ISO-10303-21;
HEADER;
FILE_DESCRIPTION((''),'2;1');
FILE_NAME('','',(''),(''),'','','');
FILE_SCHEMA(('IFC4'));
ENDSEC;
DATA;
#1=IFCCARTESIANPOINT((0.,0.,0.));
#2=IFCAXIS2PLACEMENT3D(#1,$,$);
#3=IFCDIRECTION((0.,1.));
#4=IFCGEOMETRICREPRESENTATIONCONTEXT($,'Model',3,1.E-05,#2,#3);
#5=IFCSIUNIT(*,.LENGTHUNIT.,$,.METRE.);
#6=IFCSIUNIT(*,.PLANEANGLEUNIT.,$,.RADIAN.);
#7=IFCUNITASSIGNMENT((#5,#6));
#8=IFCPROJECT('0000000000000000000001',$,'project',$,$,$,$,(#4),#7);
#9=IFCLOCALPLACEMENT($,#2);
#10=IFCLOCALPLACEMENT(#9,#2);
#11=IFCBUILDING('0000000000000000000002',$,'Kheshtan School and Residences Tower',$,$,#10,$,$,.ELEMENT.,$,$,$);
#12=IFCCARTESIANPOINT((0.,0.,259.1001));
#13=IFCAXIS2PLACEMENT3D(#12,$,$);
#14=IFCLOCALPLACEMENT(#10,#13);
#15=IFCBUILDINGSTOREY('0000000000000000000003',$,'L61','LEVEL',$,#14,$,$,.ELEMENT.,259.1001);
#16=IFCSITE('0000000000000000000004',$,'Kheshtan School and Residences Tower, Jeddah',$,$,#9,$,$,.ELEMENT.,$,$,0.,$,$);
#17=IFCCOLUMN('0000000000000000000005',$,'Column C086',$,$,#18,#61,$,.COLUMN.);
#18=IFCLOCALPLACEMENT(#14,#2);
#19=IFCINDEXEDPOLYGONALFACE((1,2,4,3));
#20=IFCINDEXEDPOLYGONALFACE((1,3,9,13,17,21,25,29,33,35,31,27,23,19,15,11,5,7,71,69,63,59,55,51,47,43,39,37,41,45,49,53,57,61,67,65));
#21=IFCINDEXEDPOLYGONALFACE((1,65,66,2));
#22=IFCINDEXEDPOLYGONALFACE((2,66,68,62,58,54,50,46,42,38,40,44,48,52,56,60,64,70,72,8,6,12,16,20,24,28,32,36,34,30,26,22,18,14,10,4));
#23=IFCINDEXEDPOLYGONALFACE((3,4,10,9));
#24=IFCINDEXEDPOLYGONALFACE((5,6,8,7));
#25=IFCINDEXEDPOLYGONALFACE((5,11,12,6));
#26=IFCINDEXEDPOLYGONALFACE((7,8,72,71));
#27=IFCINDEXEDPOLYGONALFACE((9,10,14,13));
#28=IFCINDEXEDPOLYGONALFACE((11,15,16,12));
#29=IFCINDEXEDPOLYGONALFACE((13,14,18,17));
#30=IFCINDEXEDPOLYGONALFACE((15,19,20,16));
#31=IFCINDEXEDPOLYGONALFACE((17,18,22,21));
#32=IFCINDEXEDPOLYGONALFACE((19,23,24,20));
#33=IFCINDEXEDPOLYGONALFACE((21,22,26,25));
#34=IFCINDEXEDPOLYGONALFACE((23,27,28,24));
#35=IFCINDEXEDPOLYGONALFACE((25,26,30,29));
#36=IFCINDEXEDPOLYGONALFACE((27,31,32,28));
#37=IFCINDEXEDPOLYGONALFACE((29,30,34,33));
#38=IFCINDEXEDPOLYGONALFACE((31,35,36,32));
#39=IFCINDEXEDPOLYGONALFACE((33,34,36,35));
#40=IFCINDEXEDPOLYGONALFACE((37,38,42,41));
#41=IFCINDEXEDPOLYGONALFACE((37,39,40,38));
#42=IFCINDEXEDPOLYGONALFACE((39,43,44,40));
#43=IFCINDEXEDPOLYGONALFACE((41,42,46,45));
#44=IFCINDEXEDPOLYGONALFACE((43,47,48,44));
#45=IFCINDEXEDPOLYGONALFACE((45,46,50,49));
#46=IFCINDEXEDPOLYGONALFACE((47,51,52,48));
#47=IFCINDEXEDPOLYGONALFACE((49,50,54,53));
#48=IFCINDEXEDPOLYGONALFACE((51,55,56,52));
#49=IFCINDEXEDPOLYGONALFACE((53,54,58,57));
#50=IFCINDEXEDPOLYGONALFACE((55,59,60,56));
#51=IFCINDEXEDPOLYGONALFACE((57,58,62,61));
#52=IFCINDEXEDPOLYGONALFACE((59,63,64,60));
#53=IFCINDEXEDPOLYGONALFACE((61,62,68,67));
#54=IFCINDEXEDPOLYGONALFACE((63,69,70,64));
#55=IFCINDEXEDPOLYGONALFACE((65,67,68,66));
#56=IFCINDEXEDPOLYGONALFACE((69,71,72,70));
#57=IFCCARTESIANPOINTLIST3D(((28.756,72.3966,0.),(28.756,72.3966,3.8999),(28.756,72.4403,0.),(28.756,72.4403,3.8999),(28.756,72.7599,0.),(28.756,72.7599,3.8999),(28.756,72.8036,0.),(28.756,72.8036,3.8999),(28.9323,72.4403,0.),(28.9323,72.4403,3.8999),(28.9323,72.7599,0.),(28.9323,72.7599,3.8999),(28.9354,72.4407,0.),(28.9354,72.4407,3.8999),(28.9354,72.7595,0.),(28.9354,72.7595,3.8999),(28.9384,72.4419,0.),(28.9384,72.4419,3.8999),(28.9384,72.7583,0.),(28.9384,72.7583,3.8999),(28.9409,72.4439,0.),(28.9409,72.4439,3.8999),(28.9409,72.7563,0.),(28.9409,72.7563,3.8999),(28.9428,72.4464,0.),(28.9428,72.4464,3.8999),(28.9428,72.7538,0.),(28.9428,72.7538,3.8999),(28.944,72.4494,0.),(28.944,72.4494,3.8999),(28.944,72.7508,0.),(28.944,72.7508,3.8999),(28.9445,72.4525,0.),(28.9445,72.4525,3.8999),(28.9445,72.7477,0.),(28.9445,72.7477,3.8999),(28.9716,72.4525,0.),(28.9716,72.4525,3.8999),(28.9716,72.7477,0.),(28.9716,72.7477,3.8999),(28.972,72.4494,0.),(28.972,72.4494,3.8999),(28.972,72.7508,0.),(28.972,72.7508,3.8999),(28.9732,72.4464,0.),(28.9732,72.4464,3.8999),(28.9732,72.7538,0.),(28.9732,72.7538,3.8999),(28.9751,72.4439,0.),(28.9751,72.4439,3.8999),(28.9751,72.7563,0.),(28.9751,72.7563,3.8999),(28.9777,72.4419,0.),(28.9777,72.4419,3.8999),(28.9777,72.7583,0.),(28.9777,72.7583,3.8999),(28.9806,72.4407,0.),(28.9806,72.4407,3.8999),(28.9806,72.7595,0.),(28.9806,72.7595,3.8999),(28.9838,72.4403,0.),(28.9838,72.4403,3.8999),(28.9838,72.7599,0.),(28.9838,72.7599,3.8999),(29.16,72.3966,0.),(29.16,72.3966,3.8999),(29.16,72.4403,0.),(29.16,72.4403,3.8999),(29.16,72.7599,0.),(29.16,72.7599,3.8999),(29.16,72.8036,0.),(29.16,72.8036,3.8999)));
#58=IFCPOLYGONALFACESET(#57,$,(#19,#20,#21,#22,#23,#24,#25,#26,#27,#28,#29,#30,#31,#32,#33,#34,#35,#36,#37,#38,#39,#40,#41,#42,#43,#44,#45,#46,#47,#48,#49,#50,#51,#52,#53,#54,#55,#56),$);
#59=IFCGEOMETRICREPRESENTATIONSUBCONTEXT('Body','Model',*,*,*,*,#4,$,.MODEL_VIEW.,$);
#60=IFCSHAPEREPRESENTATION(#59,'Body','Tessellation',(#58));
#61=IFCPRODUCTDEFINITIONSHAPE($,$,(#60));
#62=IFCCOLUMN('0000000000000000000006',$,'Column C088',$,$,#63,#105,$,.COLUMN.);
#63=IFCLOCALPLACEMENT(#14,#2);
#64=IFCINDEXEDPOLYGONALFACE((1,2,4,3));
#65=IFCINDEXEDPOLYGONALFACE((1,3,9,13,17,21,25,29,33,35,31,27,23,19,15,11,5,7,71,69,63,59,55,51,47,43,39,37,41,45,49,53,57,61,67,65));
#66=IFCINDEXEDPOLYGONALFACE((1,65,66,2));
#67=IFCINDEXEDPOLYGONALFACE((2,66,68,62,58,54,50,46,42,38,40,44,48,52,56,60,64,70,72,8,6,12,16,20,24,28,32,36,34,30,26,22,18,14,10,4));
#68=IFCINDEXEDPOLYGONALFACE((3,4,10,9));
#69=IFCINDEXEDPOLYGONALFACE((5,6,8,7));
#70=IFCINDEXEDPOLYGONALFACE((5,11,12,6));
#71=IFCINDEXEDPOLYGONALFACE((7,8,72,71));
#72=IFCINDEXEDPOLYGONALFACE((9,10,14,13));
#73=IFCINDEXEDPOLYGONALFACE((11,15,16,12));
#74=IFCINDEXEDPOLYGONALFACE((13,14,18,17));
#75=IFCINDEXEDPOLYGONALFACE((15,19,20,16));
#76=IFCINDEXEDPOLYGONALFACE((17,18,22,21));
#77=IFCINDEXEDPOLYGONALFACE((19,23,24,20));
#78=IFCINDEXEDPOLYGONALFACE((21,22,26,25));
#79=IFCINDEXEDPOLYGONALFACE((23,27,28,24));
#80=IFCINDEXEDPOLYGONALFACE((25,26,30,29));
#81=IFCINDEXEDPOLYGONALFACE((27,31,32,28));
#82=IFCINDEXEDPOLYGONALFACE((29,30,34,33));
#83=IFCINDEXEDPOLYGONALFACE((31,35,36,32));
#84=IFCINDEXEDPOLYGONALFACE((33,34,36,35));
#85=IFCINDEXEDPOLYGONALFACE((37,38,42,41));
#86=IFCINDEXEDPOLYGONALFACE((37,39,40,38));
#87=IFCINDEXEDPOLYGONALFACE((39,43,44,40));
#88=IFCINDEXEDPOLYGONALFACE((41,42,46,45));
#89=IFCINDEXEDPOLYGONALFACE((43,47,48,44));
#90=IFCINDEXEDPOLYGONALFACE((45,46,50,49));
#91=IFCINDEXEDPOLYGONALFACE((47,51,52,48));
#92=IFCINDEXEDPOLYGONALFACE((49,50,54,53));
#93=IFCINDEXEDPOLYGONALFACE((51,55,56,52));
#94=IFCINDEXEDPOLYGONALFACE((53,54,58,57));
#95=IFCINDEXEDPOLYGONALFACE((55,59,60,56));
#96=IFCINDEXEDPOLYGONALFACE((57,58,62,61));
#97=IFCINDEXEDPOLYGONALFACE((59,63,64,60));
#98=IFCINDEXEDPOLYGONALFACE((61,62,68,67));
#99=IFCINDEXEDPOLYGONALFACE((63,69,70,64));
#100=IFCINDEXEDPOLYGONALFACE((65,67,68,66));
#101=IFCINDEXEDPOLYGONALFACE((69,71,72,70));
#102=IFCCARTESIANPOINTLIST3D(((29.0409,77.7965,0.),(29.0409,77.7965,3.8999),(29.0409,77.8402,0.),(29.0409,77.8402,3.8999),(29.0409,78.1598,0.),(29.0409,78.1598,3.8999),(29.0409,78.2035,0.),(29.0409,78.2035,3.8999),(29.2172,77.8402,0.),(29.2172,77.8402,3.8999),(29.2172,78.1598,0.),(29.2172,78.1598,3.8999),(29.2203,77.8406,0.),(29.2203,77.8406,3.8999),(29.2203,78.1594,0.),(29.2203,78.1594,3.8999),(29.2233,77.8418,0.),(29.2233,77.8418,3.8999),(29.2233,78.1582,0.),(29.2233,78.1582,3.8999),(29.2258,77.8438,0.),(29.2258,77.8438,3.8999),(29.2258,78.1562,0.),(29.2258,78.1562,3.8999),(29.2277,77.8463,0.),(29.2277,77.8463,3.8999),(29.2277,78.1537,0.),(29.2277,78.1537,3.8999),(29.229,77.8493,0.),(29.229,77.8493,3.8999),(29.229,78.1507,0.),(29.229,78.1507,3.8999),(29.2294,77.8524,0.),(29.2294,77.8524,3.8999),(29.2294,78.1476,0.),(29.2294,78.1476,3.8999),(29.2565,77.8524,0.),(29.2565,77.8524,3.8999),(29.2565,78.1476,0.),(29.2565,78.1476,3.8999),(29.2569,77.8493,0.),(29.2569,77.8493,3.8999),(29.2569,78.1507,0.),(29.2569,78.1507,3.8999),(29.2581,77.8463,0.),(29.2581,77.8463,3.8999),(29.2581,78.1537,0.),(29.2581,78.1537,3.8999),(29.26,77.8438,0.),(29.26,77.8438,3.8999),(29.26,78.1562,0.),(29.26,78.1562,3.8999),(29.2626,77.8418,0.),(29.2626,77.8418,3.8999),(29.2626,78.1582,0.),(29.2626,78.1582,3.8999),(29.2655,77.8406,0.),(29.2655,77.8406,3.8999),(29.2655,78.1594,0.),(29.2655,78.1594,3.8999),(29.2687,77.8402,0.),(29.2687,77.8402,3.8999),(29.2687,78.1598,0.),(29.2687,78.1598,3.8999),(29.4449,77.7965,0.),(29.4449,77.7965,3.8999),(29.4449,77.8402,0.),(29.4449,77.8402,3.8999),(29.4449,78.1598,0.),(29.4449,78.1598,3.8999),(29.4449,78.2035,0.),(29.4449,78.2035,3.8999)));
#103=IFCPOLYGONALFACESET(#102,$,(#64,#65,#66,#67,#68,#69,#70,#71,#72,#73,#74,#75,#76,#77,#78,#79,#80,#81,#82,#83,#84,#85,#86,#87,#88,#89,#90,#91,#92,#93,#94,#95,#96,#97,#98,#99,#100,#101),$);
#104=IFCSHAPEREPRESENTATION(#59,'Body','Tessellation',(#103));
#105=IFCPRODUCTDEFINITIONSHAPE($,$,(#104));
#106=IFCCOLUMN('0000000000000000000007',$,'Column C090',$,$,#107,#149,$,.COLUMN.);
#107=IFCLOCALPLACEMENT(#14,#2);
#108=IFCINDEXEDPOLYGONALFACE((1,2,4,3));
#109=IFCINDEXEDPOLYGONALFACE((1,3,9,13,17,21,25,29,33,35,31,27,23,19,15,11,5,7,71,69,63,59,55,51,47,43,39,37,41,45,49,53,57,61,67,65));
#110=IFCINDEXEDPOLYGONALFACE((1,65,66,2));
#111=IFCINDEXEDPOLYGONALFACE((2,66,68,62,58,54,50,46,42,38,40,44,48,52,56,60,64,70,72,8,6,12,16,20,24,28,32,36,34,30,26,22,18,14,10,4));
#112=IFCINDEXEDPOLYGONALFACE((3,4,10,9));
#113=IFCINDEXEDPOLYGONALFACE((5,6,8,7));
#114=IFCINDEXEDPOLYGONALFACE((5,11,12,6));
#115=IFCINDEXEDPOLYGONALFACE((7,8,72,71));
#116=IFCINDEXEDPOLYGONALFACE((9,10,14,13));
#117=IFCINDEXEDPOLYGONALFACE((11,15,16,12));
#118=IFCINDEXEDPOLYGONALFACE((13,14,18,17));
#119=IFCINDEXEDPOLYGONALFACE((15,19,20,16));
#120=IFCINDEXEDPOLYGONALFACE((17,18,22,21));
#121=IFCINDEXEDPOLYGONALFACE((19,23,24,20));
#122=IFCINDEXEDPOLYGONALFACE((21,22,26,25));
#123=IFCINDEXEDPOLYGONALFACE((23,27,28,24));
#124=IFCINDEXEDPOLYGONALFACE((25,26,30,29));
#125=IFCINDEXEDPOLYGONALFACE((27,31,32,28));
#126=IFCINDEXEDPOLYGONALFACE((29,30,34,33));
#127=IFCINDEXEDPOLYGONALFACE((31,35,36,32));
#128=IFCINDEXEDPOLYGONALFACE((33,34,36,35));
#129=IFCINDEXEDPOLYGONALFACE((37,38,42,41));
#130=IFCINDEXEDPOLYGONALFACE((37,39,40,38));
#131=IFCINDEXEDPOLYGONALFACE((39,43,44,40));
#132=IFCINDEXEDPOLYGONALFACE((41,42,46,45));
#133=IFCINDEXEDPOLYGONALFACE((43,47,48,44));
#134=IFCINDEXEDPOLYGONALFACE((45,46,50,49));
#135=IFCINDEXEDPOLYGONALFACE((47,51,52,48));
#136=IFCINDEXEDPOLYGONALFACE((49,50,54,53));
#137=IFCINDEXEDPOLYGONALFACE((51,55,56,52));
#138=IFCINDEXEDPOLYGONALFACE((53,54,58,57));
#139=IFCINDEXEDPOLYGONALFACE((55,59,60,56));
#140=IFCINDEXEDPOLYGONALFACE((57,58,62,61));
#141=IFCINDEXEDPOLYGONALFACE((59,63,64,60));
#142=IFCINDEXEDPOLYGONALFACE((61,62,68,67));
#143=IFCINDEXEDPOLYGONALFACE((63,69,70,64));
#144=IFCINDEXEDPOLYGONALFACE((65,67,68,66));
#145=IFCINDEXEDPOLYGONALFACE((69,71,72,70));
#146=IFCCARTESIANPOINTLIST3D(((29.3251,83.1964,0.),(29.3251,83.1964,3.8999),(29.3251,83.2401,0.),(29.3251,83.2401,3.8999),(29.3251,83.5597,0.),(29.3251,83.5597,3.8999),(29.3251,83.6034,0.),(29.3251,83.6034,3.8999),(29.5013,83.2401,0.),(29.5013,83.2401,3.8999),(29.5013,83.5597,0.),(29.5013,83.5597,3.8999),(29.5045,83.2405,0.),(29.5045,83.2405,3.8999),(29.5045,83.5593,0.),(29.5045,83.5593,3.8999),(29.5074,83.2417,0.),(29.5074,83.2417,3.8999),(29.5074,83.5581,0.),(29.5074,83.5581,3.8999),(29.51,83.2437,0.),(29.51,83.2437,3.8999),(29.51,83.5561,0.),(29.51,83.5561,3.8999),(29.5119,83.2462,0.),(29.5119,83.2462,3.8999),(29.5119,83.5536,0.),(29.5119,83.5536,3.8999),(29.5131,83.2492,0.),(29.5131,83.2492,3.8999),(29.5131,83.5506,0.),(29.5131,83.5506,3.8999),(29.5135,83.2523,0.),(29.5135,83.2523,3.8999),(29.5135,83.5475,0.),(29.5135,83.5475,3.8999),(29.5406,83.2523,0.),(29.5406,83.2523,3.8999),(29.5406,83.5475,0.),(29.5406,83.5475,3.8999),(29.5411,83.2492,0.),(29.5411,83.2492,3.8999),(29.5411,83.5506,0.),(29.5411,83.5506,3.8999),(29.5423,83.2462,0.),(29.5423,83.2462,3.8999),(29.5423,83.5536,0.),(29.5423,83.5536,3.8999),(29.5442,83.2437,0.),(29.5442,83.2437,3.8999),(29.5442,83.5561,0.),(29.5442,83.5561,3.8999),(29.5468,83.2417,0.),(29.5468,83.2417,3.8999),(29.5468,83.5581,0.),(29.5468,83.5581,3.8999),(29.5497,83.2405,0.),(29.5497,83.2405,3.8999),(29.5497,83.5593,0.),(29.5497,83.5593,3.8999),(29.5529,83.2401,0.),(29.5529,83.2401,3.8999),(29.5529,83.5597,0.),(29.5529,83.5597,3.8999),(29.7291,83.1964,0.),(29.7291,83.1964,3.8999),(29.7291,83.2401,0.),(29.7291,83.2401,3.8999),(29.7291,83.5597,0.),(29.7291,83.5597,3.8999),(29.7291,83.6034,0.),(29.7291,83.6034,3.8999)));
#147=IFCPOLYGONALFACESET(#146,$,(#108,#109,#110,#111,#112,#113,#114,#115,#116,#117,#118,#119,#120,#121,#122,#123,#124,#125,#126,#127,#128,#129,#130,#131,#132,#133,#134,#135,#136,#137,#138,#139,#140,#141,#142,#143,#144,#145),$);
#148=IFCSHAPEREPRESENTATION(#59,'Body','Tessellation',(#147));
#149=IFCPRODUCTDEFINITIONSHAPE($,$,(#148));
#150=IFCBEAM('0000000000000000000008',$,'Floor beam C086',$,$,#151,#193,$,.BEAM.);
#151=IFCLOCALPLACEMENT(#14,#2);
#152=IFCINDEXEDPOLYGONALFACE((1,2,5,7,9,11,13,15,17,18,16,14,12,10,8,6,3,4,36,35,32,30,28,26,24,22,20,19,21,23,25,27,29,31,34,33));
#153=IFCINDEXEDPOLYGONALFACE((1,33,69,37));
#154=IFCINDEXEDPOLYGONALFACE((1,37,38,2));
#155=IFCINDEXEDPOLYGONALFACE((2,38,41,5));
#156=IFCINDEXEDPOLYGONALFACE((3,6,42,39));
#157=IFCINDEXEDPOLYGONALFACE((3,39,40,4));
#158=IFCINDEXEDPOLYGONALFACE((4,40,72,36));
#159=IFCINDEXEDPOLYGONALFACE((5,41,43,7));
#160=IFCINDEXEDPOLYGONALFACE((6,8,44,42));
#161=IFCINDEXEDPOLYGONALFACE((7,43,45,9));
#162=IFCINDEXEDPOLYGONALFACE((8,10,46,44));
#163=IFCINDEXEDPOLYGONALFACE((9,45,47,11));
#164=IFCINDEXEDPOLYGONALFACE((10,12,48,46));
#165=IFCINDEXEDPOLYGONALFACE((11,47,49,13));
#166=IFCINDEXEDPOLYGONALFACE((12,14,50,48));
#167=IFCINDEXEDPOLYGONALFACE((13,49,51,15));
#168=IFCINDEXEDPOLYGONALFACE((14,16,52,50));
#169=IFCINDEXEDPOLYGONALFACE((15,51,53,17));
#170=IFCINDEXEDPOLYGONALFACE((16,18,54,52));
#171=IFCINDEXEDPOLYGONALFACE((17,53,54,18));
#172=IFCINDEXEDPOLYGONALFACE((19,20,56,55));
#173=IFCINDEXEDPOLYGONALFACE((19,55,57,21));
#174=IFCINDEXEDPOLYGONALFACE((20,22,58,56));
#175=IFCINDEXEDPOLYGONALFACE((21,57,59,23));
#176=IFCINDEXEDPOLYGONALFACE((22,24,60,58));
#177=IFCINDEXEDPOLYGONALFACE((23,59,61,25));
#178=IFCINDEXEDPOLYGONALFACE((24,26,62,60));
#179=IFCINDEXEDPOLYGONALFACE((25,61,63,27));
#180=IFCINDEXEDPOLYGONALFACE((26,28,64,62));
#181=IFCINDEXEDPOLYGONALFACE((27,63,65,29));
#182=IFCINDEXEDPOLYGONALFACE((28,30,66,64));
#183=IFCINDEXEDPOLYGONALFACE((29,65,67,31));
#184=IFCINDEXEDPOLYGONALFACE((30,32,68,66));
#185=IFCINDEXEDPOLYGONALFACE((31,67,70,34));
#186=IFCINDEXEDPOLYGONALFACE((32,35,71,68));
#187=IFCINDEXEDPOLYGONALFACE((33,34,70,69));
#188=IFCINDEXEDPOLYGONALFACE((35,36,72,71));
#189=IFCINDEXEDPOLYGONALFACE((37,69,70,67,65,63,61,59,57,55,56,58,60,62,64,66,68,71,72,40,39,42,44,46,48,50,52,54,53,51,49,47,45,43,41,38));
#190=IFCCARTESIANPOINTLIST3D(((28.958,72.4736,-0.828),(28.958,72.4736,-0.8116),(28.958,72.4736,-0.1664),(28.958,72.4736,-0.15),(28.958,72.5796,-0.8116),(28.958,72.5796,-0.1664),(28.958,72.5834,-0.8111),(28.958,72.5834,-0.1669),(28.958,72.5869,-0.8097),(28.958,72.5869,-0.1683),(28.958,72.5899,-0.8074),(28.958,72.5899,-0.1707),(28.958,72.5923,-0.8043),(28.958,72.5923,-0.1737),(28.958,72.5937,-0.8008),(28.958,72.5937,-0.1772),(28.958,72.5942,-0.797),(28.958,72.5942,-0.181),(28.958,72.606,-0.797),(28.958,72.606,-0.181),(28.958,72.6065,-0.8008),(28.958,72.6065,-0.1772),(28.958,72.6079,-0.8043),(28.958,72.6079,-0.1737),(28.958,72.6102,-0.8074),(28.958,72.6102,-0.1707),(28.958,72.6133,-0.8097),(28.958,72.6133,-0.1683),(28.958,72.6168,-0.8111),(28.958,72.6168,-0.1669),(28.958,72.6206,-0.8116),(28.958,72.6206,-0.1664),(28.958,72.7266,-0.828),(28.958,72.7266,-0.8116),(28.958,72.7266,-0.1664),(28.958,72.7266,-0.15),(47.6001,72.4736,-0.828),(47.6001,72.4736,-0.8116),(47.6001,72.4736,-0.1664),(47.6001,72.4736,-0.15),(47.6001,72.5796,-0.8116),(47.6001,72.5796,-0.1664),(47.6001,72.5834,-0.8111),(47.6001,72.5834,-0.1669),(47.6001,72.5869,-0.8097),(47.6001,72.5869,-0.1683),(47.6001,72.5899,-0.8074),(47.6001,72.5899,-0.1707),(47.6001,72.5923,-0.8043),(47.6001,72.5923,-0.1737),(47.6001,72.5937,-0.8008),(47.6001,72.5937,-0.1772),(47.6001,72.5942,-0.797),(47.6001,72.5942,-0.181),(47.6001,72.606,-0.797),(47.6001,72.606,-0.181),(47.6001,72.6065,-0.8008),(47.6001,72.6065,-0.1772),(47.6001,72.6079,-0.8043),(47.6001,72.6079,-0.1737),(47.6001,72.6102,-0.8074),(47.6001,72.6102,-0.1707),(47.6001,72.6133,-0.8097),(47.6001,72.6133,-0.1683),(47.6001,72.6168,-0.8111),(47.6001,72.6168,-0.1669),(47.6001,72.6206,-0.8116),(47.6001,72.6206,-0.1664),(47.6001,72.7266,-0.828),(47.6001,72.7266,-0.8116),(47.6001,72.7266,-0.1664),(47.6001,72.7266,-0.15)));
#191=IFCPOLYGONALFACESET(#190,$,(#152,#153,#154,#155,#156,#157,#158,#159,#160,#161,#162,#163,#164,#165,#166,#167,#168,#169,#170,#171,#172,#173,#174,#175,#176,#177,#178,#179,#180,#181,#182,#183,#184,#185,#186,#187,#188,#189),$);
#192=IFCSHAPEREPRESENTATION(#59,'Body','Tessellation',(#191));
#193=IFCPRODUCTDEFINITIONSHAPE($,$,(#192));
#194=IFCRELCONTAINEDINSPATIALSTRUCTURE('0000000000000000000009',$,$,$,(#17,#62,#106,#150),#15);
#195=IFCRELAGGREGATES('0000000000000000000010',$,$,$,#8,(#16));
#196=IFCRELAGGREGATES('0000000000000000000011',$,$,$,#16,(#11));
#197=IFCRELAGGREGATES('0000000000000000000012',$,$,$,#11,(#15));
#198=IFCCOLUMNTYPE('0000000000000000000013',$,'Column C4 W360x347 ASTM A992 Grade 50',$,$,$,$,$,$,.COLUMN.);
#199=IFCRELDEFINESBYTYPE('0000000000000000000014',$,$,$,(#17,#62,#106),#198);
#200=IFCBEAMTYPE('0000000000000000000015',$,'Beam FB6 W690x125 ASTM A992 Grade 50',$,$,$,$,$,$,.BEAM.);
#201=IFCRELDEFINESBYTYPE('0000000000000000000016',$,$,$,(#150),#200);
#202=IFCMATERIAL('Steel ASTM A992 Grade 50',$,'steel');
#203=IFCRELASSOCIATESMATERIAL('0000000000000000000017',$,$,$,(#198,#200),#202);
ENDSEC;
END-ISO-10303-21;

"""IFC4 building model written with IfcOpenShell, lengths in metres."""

from ifc_helpers import new_model, si_unit, direction, frame, origin, origin_2d, place, context, subcontext, project, spatial, i_section, extrude, material, material_profile, profile_set, type_object, element, save


model = new_model("IFC4")

# Units and contexts
model_context = context("Model", 3, precision=1e-05, world=origin(), true_north=direction((0.0, 1.0)))
body_context = subcontext(model_context, "Body", "Model", "MODEL_VIEW")
ifc_project = project(units=[si_unit("LENGTHUNIT", "METRE"), si_unit("PLANEANGLEUNIT", "RADIAN")], contexts=[model_context])

# Site, building, storey
site_placement = place(None, origin())
site = spatial("IfcSite", under=ifc_project, at=site_placement, Name="Kheshtan School and Residences Tower, Jeddah", CompositionType="ELEMENT", RefElevation=0.0)
building_placement = place(site_placement, origin())
building = spatial("IfcBuilding", under=site, at=building_placement, Name="Kheshtan School and Residences Tower", CompositionType="ELEMENT")
storey_placement = place(building_placement, frame((0.0, 0.0, 259.1001)))
storey = spatial("IfcBuildingStorey", under=building, at=storey_placement, Name="L61", Description="LEVEL", CompositionType="ELEMENT", Elevation=259.1001)

# Columns
ifc_material_1 = material(Name="Steel ASTM A992 Grade 50", Category="steel")
ifc_material_profile_1 = material_profile(ifc_material_1, i_section(OverallWidth=0.4041, OverallDepth=0.407, WebThickness=0.0271, FlangeThickness=0.0437, FilletRadius=0.0122, at=origin_2d()), Name="W360x347")
ifc_profile_set_1 = profile_set([ifc_material_profile_1], Name="Steel ASTM A992 Grade 50")
column_type = type_object("IfcColumnType", Name="Column C4 W360x347 ASTM A992 Grade 50", PredefinedType="COLUMN", material=ifc_profile_set_1)
for number, where, z_axis, x_axis, name in (
    (1, (28.958, 72.6001, 0.0), (0.0, 0.0, 1.0), (1.0, 0.0, 0.0), "Column C086"),
    (2, (29.2429, 78.0, 0.0), (0.0, 0.0, 1.0), (1.0, 0.0, 0.0), "Column C088"),
    (3, (29.5271, 83.3999, 0.0), (0.0, 0.0, 1.0), (1.0, 0.0, 0.0), "Column C090"),
):
    element("IfcColumn", number, at=place(storey_placement, frame(where, z_axis=z_axis, x_axis=x_axis)), inside=storey, type_object=column_type, Name=name, PredefinedType="COLUMN", context=body_context, shape_type="SweptSolid", body=[
        extrude(i_section(OverallWidth=0.4041, OverallDepth=0.407, WebThickness=0.0271, FlangeThickness=0.0437, FilletRadius=0.0122, at=origin_2d()), origin(), (0.0, 0.0, 1.0), 3.8999),
    ])

# Beam
ifc_material_profile_2 = material_profile(ifc_material_1, i_section(OverallWidth=0.2529, OverallDepth=0.678, WebThickness=0.0117, FlangeThickness=0.0164, FilletRadius=0.0146, at=origin_2d()), Name="W690x125")
ifc_profile_set_2 = profile_set([ifc_material_profile_2], Name="Steel ASTM A992 Grade 50")
beam_type_1 = type_object("IfcBeamType", Name="Beam FB6 W690x125 ASTM A992 Grade 50", PredefinedType="BEAM", material=ifc_profile_set_2)
beam_1_placement = place(storey_placement, frame((28.958, 72.6001, -0.489), z_axis=(1.0, 0.0, 0.0), x_axis=(0.0, 1.0, 0.0)))
element("IfcBeam", 4, at=beam_1_placement, inside=storey, type_object=beam_type_1, Name="Floor beam C086", PredefinedType="BEAM", context=body_context, shape_type="SweptSolid", body=[
    extrude(i_section(OverallWidth=0.2529, OverallDepth=0.678, WebThickness=0.0117, FlangeThickness=0.0164, FilletRadius=0.0146, at=origin_2d()), origin(), (0.0, 0.0, 1.0), 18.6421),
])

save(model, "model.ifc")
